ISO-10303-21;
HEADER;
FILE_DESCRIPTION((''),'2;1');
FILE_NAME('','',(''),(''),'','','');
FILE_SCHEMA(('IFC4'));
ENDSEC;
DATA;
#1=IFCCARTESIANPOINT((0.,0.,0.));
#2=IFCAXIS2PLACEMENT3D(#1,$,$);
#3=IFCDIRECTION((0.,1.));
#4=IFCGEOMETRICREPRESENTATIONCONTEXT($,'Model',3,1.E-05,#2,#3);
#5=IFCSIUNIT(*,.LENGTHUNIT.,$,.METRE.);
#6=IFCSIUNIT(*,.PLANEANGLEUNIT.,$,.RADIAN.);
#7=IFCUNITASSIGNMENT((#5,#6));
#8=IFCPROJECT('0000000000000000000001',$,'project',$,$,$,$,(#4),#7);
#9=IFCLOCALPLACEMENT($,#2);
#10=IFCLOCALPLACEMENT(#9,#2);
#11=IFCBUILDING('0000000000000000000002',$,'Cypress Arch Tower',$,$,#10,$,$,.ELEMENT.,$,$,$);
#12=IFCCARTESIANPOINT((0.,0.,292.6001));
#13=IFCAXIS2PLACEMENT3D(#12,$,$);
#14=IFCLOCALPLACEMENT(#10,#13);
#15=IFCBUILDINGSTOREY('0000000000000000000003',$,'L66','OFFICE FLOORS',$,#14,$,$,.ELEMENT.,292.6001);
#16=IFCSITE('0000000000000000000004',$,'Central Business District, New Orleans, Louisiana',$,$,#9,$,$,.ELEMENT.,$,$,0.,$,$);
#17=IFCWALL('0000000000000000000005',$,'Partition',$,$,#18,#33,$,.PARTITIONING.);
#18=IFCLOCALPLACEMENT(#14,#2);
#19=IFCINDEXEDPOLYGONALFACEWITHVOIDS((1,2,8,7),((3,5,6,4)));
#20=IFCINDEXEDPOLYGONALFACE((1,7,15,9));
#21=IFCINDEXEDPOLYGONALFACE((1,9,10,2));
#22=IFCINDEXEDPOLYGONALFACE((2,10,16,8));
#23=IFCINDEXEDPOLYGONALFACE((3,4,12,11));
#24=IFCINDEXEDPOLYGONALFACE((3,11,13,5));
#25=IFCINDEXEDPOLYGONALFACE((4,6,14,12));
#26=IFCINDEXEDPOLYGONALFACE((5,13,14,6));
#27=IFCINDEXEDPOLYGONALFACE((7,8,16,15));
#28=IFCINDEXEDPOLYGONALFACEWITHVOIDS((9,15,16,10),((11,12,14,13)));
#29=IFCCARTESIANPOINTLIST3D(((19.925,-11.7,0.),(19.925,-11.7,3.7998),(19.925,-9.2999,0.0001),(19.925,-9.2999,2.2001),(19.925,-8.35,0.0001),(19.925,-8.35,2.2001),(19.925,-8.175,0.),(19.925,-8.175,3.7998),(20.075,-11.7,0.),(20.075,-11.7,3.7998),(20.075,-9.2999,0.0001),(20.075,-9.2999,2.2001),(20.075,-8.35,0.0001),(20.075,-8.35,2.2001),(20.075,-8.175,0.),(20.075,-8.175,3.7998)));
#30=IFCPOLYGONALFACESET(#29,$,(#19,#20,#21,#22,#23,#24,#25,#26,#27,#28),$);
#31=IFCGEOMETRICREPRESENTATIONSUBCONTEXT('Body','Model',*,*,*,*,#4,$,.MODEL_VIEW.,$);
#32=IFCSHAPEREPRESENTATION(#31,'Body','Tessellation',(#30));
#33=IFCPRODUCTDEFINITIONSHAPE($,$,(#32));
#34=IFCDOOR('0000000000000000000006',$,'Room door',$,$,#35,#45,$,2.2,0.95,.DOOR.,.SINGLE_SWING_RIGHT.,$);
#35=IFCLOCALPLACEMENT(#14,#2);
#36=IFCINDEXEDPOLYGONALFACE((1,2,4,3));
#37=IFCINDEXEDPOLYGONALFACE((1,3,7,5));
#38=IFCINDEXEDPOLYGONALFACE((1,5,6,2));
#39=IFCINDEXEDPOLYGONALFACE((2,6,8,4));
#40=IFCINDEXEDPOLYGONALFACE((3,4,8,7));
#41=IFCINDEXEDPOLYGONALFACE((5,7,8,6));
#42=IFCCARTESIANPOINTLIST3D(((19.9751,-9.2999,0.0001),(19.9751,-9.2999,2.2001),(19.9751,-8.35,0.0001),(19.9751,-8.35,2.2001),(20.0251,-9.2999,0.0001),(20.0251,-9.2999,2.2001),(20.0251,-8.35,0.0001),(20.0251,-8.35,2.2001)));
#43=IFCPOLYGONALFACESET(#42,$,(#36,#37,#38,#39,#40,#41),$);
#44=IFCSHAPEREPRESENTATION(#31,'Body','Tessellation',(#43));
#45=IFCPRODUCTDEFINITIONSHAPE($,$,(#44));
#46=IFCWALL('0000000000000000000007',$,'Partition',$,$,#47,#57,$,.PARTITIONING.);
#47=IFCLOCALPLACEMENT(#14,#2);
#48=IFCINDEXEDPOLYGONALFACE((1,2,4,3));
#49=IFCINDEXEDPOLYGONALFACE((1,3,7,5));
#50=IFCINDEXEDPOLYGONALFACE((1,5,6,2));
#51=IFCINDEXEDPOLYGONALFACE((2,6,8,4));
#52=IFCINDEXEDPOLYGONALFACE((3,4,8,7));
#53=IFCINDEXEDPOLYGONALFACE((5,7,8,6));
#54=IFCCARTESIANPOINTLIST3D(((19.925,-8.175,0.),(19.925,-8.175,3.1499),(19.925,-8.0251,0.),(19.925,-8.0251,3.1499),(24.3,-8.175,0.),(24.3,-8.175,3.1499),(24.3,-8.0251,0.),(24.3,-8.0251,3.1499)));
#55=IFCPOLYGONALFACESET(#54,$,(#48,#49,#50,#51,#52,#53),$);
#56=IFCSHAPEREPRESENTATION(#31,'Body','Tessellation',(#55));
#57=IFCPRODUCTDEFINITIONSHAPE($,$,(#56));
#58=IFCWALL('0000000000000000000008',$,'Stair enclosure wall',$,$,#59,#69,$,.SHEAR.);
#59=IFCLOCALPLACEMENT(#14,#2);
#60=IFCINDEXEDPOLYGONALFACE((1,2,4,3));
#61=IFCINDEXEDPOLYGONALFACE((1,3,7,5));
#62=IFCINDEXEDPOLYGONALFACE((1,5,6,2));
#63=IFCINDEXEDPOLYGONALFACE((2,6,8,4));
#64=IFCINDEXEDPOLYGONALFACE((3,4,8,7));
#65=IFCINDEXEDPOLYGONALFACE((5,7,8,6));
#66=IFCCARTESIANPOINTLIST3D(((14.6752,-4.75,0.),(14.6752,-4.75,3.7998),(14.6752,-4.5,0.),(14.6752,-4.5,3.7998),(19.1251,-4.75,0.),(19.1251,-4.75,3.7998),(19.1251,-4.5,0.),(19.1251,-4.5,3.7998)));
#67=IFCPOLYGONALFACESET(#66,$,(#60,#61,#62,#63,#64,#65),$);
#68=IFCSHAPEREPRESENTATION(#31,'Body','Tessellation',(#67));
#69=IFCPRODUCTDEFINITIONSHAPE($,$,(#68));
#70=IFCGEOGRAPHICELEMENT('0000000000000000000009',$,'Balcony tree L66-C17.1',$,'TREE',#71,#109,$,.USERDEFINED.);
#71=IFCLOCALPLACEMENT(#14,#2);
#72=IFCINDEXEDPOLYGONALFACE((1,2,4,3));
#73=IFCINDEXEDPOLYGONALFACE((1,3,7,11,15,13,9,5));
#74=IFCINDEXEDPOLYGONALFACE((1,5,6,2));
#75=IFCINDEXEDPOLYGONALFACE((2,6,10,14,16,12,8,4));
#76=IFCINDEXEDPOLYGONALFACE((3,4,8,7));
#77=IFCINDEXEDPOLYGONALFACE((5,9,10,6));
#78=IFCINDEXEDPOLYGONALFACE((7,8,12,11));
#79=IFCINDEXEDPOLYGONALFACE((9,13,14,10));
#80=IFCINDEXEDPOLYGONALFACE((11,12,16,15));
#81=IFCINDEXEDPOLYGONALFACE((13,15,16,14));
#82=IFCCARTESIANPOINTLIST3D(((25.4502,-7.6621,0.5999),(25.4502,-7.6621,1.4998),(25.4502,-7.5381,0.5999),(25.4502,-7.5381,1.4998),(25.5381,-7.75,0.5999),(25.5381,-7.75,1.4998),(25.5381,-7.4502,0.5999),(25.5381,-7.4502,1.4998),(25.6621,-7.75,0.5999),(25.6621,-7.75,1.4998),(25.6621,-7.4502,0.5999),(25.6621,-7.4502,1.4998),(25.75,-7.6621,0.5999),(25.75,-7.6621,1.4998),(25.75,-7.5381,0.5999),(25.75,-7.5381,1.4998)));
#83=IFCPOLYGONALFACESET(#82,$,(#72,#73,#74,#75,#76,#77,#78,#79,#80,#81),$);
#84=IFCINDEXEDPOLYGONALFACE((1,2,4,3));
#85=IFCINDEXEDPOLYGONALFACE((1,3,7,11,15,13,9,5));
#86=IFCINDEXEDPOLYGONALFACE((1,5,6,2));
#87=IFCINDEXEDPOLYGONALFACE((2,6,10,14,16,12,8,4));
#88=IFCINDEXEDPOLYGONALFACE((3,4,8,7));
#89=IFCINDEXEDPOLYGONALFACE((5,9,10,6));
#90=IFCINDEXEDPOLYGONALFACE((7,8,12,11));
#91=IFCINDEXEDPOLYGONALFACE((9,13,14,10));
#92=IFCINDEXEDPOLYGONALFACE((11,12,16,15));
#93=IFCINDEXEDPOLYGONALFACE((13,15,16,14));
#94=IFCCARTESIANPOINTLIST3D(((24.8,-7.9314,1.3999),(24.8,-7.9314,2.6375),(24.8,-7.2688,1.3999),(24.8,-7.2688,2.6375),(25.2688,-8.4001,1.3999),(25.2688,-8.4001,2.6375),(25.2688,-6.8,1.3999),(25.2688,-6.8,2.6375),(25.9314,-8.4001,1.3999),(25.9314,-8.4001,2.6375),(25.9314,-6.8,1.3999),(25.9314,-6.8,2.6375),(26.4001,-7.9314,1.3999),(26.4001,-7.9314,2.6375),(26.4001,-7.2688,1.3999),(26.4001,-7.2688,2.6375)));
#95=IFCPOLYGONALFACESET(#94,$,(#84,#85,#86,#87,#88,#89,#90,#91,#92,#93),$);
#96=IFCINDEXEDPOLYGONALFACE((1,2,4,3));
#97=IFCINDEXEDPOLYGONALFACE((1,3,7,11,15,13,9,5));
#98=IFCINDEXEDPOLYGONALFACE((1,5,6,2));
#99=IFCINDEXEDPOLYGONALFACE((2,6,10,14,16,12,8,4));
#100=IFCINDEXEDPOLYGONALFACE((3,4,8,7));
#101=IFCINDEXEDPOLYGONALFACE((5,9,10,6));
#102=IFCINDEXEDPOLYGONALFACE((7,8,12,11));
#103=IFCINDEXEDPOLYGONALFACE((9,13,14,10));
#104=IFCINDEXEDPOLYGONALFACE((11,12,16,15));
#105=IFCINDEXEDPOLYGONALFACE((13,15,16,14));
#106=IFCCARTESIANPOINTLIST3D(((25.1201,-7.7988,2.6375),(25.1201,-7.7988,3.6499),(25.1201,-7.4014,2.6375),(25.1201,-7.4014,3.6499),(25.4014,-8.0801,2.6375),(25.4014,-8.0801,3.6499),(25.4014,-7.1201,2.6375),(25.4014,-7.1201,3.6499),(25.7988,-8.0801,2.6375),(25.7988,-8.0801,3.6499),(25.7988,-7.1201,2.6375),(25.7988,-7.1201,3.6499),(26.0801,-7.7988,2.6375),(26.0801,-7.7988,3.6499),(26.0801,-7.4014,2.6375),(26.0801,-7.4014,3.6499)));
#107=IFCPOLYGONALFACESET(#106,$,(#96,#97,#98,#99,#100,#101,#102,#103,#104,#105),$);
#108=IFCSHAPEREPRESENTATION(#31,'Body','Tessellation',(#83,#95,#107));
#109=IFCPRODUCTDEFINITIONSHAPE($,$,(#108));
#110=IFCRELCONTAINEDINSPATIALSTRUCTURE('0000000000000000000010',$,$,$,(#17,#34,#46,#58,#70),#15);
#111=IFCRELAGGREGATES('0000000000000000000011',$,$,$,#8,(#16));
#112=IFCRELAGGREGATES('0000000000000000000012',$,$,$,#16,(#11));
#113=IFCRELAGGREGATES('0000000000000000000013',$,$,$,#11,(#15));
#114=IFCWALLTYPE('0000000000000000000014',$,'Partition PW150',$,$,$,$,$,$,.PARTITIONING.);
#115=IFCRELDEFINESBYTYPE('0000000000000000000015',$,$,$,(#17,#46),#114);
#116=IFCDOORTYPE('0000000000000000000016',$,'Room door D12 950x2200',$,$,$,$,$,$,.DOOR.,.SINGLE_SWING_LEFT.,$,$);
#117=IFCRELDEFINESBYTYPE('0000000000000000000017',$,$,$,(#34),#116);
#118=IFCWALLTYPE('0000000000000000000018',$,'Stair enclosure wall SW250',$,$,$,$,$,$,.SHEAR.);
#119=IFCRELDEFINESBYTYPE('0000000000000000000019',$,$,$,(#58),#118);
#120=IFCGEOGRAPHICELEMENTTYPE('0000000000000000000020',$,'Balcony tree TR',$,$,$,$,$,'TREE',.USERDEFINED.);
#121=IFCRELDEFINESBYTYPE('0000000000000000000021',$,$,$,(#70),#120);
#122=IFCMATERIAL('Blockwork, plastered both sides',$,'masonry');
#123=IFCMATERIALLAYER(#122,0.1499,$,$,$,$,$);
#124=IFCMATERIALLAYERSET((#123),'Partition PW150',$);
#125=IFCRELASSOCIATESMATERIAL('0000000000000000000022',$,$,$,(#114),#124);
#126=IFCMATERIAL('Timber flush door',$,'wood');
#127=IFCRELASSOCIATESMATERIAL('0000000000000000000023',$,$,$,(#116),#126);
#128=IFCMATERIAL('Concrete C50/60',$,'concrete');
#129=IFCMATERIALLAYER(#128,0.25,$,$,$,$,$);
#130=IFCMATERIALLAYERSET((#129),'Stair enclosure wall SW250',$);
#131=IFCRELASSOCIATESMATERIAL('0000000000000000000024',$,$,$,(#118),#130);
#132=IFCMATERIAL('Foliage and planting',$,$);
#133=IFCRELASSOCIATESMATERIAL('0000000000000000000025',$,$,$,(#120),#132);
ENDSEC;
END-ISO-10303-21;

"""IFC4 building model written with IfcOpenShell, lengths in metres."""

from ifc_helpers import new_model, si_unit, direction, frame, frame_2d, origin, place, context, subcontext, project, spatial, polyline, rectangle, outline, extrude, material, layer, layer_set, type_object, element, fill, save


model = new_model("IFC4")

# Units and contexts
model_context = context("Model", 3, precision=1e-05, world=origin(), true_north=direction((0.0, 1.0)))
body_context = subcontext(model_context, "Body", "Model", "MODEL_VIEW")
ifc_project = project(units=[si_unit("LENGTHUNIT", "METRE"), si_unit("PLANEANGLEUNIT", "RADIAN")], contexts=[model_context])

# Site, building, storey
site_placement = place(None, origin())
site = spatial("IfcSite", under=ifc_project, at=site_placement, Name="Central Business District, New Orleans, Louisiana", CompositionType="ELEMENT", RefElevation=0.0)
building_placement = place(site_placement, origin())
building = spatial("IfcBuilding", under=site, at=building_placement, Name="Cypress Arch Tower", CompositionType="ELEMENT")
storey_placement = place(building_placement, frame((0.0, 0.0, 292.6001)))
storey = spatial("IfcBuildingStorey", under=building, at=storey_placement, Name="L66", Description="OFFICE FLOORS", CompositionType="ELEMENT", Elevation=292.6001)

# Shared definitions
ifc_material_1 = material(Name="Blockwork, plastered both sides", Category="masonry")
ifc_layer_1 = layer(ifc_material_1, 0.1499)
ifc_layer_set_1 = layer_set([ifc_layer_1], Name="Partition PW150")
wall_type_1 = type_object("IfcWallType", Name="Partition PW150", PredefinedType="PARTITIONING", material=ifc_layer_set_1)

# Wall, opening, door
wall_1_placement = place(storey_placement, frame((20.0, -11.7, 0.0), z_axis=(0.0, 0.0, 1.0), x_axis=(0.0, 1.0, 0.0)))
wall_1 = element("IfcWall", 1, at=wall_1_placement, inside=storey, type_object=wall_type_1, Name="Partition", PredefinedType="PARTITIONING", context=body_context, shape_type="SweptSolid", body=[
    extrude(rectangle(XDim=3.5249, YDim=0.1499, at=frame_2d((1.7625, 0.0))), origin(), (0.0, 0.0, 1.0), 3.7998),
])
opening_1_placement = place(wall_1_placement, frame((2.3999, 0.0, 0.0)))
opening_1 = element("IfcOpeningElement", 2, at=opening_1_placement, cuts=wall_1, PredefinedType="OPENING", context=body_context, shape_type="SweptSolid", body=[
    extrude(rectangle(XDim=0.95, YDim=2.2, at=frame_2d((0.4751, 1.1001))), frame((0.0, 0.085, 0.0), z_axis=(0.0, -1.0, 0.0), x_axis=(1.0, 0.0, 0.0)), (0.0, 0.0, 1.0), 0.1699),
])
ifc_material_2 = material(Name="Timber flush door", Category="wood")
door_type = type_object("IfcDoorType", Name="Room door D12 950x2200", OperationType="SINGLE_SWING_LEFT", PredefinedType="DOOR", material=ifc_material_2)
door_placement = place(opening_1_placement, origin())
door = element("IfcDoor", 3, at=door_placement, inside=storey, type_object=door_type, Name="Room door", OperationType="SINGLE_SWING_RIGHT", OverallHeight=2.2, OverallWidth=0.95, PredefinedType="DOOR", context=body_context, shape_type="SweptSolid", body=[
    extrude(rectangle(XDim=0.95, YDim=2.2, at=frame_2d((0.4751, 1.1001))), frame((0.0, 0.0249, 0.0), z_axis=(0.0, -1.0, 0.0), x_axis=(1.0, 0.0, 0.0)), (0.0, 0.0, 1.0), 0.05),
])
fill(opening_1, door)

# Walls
wall_2_placement = place(storey_placement, frame((19.925, -8.1001, 0.0), z_axis=(0.0, 0.0, 1.0), x_axis=(1.0, 0.0, 0.0)))
element("IfcWall", 4, at=wall_2_placement, inside=storey, type_object=wall_type_1, Name="Partition", PredefinedType="PARTITIONING", context=body_context, shape_type="SweptSolid", body=[
    extrude(rectangle(XDim=4.375, YDim=0.1499, at=frame_2d((2.1875, 0.0))), origin(), (0.0, 0.0, 1.0), 3.1499),
])
ifc_material_3 = material(Name="Concrete C50/60", Category="concrete")
ifc_layer_2 = layer(ifc_material_3, 0.25)
ifc_layer_set_2 = layer_set([ifc_layer_2], Name="Stair enclosure wall SW250")
wall_type_2 = type_object("IfcWallType", Name="Stair enclosure wall SW250", PredefinedType="SHEAR", material=ifc_layer_set_2)
wall_3_placement = place(storey_placement, frame((14.675, -4.625, 0.0), z_axis=(0.0, 0.0, 1.0), x_axis=(1.0, 0.0, 0.0)))
element("IfcWall", 5, at=wall_3_placement, inside=storey, type_object=wall_type_2, Name="Stair enclosure wall", PredefinedType="SHEAR", context=body_context, shape_type="SweptSolid", body=[
    extrude(rectangle(XDim=4.45, YDim=0.25, at=frame_2d((2.2251, 0.0))), origin(), (0.0, 0.0, 1.0), 3.7998),
])

# Geographic element
ifc_material_4 = material(Name="Foliage and planting")
geographic_element_type = type_object("IfcGeographicElementType", Name="Balcony tree TR", ElementType="TREE", PredefinedType="USERDEFINED", material=ifc_material_4)
geographic_element_placement = place(storey_placement, frame((25.6001, -7.6001, 0.5999), z_axis=(0.0, 0.0, 1.0), x_axis=(1.0, 0.0, 0.0)))
element("IfcGeographicElement", 6, at=geographic_element_placement, inside=storey, type_object=geographic_element_type, Name="Balcony tree L66-C17.1", ObjectType="TREE", PredefinedType="USERDEFINED", context=body_context, shape_type="SweptSolid", body=[
    extrude(outline(polyline([(0.1499, 0.062), (0.062, 0.1499), (-0.062, 0.1499), (-0.1499, 0.062), (-0.1499, -0.062), (-0.062, -0.1499), (0.062, -0.1499), (0.1499, -0.062), (0.1499, 0.062)])), origin(), (0.0, 0.0, 1.0), 0.8999),
    extrude(outline(polyline([(0.8, 0.3313), (0.3313, 0.8), (-0.3313, 0.8), (-0.8, 0.3313), (-0.8, -0.3313), (-0.3313, -0.8), (0.3313, -0.8), (0.8, -0.3313), (0.8, 0.3313)])), frame((0.0, 0.0, 0.8)), (0.0, 0.0, 1.0), 1.2375),
    extrude(outline(polyline([(0.48, 0.1987), (0.1987, 0.48), (-0.1987, 0.48), (-0.48, 0.1987), (-0.48, -0.1987), (-0.1987, -0.48), (0.1987, -0.48), (0.48, -0.1987), (0.48, 0.1987)])), frame((0.0, 0.0, 2.0376)), (0.0, 0.0, 1.0), 1.0125),
])

save(model, "model.ifc")
